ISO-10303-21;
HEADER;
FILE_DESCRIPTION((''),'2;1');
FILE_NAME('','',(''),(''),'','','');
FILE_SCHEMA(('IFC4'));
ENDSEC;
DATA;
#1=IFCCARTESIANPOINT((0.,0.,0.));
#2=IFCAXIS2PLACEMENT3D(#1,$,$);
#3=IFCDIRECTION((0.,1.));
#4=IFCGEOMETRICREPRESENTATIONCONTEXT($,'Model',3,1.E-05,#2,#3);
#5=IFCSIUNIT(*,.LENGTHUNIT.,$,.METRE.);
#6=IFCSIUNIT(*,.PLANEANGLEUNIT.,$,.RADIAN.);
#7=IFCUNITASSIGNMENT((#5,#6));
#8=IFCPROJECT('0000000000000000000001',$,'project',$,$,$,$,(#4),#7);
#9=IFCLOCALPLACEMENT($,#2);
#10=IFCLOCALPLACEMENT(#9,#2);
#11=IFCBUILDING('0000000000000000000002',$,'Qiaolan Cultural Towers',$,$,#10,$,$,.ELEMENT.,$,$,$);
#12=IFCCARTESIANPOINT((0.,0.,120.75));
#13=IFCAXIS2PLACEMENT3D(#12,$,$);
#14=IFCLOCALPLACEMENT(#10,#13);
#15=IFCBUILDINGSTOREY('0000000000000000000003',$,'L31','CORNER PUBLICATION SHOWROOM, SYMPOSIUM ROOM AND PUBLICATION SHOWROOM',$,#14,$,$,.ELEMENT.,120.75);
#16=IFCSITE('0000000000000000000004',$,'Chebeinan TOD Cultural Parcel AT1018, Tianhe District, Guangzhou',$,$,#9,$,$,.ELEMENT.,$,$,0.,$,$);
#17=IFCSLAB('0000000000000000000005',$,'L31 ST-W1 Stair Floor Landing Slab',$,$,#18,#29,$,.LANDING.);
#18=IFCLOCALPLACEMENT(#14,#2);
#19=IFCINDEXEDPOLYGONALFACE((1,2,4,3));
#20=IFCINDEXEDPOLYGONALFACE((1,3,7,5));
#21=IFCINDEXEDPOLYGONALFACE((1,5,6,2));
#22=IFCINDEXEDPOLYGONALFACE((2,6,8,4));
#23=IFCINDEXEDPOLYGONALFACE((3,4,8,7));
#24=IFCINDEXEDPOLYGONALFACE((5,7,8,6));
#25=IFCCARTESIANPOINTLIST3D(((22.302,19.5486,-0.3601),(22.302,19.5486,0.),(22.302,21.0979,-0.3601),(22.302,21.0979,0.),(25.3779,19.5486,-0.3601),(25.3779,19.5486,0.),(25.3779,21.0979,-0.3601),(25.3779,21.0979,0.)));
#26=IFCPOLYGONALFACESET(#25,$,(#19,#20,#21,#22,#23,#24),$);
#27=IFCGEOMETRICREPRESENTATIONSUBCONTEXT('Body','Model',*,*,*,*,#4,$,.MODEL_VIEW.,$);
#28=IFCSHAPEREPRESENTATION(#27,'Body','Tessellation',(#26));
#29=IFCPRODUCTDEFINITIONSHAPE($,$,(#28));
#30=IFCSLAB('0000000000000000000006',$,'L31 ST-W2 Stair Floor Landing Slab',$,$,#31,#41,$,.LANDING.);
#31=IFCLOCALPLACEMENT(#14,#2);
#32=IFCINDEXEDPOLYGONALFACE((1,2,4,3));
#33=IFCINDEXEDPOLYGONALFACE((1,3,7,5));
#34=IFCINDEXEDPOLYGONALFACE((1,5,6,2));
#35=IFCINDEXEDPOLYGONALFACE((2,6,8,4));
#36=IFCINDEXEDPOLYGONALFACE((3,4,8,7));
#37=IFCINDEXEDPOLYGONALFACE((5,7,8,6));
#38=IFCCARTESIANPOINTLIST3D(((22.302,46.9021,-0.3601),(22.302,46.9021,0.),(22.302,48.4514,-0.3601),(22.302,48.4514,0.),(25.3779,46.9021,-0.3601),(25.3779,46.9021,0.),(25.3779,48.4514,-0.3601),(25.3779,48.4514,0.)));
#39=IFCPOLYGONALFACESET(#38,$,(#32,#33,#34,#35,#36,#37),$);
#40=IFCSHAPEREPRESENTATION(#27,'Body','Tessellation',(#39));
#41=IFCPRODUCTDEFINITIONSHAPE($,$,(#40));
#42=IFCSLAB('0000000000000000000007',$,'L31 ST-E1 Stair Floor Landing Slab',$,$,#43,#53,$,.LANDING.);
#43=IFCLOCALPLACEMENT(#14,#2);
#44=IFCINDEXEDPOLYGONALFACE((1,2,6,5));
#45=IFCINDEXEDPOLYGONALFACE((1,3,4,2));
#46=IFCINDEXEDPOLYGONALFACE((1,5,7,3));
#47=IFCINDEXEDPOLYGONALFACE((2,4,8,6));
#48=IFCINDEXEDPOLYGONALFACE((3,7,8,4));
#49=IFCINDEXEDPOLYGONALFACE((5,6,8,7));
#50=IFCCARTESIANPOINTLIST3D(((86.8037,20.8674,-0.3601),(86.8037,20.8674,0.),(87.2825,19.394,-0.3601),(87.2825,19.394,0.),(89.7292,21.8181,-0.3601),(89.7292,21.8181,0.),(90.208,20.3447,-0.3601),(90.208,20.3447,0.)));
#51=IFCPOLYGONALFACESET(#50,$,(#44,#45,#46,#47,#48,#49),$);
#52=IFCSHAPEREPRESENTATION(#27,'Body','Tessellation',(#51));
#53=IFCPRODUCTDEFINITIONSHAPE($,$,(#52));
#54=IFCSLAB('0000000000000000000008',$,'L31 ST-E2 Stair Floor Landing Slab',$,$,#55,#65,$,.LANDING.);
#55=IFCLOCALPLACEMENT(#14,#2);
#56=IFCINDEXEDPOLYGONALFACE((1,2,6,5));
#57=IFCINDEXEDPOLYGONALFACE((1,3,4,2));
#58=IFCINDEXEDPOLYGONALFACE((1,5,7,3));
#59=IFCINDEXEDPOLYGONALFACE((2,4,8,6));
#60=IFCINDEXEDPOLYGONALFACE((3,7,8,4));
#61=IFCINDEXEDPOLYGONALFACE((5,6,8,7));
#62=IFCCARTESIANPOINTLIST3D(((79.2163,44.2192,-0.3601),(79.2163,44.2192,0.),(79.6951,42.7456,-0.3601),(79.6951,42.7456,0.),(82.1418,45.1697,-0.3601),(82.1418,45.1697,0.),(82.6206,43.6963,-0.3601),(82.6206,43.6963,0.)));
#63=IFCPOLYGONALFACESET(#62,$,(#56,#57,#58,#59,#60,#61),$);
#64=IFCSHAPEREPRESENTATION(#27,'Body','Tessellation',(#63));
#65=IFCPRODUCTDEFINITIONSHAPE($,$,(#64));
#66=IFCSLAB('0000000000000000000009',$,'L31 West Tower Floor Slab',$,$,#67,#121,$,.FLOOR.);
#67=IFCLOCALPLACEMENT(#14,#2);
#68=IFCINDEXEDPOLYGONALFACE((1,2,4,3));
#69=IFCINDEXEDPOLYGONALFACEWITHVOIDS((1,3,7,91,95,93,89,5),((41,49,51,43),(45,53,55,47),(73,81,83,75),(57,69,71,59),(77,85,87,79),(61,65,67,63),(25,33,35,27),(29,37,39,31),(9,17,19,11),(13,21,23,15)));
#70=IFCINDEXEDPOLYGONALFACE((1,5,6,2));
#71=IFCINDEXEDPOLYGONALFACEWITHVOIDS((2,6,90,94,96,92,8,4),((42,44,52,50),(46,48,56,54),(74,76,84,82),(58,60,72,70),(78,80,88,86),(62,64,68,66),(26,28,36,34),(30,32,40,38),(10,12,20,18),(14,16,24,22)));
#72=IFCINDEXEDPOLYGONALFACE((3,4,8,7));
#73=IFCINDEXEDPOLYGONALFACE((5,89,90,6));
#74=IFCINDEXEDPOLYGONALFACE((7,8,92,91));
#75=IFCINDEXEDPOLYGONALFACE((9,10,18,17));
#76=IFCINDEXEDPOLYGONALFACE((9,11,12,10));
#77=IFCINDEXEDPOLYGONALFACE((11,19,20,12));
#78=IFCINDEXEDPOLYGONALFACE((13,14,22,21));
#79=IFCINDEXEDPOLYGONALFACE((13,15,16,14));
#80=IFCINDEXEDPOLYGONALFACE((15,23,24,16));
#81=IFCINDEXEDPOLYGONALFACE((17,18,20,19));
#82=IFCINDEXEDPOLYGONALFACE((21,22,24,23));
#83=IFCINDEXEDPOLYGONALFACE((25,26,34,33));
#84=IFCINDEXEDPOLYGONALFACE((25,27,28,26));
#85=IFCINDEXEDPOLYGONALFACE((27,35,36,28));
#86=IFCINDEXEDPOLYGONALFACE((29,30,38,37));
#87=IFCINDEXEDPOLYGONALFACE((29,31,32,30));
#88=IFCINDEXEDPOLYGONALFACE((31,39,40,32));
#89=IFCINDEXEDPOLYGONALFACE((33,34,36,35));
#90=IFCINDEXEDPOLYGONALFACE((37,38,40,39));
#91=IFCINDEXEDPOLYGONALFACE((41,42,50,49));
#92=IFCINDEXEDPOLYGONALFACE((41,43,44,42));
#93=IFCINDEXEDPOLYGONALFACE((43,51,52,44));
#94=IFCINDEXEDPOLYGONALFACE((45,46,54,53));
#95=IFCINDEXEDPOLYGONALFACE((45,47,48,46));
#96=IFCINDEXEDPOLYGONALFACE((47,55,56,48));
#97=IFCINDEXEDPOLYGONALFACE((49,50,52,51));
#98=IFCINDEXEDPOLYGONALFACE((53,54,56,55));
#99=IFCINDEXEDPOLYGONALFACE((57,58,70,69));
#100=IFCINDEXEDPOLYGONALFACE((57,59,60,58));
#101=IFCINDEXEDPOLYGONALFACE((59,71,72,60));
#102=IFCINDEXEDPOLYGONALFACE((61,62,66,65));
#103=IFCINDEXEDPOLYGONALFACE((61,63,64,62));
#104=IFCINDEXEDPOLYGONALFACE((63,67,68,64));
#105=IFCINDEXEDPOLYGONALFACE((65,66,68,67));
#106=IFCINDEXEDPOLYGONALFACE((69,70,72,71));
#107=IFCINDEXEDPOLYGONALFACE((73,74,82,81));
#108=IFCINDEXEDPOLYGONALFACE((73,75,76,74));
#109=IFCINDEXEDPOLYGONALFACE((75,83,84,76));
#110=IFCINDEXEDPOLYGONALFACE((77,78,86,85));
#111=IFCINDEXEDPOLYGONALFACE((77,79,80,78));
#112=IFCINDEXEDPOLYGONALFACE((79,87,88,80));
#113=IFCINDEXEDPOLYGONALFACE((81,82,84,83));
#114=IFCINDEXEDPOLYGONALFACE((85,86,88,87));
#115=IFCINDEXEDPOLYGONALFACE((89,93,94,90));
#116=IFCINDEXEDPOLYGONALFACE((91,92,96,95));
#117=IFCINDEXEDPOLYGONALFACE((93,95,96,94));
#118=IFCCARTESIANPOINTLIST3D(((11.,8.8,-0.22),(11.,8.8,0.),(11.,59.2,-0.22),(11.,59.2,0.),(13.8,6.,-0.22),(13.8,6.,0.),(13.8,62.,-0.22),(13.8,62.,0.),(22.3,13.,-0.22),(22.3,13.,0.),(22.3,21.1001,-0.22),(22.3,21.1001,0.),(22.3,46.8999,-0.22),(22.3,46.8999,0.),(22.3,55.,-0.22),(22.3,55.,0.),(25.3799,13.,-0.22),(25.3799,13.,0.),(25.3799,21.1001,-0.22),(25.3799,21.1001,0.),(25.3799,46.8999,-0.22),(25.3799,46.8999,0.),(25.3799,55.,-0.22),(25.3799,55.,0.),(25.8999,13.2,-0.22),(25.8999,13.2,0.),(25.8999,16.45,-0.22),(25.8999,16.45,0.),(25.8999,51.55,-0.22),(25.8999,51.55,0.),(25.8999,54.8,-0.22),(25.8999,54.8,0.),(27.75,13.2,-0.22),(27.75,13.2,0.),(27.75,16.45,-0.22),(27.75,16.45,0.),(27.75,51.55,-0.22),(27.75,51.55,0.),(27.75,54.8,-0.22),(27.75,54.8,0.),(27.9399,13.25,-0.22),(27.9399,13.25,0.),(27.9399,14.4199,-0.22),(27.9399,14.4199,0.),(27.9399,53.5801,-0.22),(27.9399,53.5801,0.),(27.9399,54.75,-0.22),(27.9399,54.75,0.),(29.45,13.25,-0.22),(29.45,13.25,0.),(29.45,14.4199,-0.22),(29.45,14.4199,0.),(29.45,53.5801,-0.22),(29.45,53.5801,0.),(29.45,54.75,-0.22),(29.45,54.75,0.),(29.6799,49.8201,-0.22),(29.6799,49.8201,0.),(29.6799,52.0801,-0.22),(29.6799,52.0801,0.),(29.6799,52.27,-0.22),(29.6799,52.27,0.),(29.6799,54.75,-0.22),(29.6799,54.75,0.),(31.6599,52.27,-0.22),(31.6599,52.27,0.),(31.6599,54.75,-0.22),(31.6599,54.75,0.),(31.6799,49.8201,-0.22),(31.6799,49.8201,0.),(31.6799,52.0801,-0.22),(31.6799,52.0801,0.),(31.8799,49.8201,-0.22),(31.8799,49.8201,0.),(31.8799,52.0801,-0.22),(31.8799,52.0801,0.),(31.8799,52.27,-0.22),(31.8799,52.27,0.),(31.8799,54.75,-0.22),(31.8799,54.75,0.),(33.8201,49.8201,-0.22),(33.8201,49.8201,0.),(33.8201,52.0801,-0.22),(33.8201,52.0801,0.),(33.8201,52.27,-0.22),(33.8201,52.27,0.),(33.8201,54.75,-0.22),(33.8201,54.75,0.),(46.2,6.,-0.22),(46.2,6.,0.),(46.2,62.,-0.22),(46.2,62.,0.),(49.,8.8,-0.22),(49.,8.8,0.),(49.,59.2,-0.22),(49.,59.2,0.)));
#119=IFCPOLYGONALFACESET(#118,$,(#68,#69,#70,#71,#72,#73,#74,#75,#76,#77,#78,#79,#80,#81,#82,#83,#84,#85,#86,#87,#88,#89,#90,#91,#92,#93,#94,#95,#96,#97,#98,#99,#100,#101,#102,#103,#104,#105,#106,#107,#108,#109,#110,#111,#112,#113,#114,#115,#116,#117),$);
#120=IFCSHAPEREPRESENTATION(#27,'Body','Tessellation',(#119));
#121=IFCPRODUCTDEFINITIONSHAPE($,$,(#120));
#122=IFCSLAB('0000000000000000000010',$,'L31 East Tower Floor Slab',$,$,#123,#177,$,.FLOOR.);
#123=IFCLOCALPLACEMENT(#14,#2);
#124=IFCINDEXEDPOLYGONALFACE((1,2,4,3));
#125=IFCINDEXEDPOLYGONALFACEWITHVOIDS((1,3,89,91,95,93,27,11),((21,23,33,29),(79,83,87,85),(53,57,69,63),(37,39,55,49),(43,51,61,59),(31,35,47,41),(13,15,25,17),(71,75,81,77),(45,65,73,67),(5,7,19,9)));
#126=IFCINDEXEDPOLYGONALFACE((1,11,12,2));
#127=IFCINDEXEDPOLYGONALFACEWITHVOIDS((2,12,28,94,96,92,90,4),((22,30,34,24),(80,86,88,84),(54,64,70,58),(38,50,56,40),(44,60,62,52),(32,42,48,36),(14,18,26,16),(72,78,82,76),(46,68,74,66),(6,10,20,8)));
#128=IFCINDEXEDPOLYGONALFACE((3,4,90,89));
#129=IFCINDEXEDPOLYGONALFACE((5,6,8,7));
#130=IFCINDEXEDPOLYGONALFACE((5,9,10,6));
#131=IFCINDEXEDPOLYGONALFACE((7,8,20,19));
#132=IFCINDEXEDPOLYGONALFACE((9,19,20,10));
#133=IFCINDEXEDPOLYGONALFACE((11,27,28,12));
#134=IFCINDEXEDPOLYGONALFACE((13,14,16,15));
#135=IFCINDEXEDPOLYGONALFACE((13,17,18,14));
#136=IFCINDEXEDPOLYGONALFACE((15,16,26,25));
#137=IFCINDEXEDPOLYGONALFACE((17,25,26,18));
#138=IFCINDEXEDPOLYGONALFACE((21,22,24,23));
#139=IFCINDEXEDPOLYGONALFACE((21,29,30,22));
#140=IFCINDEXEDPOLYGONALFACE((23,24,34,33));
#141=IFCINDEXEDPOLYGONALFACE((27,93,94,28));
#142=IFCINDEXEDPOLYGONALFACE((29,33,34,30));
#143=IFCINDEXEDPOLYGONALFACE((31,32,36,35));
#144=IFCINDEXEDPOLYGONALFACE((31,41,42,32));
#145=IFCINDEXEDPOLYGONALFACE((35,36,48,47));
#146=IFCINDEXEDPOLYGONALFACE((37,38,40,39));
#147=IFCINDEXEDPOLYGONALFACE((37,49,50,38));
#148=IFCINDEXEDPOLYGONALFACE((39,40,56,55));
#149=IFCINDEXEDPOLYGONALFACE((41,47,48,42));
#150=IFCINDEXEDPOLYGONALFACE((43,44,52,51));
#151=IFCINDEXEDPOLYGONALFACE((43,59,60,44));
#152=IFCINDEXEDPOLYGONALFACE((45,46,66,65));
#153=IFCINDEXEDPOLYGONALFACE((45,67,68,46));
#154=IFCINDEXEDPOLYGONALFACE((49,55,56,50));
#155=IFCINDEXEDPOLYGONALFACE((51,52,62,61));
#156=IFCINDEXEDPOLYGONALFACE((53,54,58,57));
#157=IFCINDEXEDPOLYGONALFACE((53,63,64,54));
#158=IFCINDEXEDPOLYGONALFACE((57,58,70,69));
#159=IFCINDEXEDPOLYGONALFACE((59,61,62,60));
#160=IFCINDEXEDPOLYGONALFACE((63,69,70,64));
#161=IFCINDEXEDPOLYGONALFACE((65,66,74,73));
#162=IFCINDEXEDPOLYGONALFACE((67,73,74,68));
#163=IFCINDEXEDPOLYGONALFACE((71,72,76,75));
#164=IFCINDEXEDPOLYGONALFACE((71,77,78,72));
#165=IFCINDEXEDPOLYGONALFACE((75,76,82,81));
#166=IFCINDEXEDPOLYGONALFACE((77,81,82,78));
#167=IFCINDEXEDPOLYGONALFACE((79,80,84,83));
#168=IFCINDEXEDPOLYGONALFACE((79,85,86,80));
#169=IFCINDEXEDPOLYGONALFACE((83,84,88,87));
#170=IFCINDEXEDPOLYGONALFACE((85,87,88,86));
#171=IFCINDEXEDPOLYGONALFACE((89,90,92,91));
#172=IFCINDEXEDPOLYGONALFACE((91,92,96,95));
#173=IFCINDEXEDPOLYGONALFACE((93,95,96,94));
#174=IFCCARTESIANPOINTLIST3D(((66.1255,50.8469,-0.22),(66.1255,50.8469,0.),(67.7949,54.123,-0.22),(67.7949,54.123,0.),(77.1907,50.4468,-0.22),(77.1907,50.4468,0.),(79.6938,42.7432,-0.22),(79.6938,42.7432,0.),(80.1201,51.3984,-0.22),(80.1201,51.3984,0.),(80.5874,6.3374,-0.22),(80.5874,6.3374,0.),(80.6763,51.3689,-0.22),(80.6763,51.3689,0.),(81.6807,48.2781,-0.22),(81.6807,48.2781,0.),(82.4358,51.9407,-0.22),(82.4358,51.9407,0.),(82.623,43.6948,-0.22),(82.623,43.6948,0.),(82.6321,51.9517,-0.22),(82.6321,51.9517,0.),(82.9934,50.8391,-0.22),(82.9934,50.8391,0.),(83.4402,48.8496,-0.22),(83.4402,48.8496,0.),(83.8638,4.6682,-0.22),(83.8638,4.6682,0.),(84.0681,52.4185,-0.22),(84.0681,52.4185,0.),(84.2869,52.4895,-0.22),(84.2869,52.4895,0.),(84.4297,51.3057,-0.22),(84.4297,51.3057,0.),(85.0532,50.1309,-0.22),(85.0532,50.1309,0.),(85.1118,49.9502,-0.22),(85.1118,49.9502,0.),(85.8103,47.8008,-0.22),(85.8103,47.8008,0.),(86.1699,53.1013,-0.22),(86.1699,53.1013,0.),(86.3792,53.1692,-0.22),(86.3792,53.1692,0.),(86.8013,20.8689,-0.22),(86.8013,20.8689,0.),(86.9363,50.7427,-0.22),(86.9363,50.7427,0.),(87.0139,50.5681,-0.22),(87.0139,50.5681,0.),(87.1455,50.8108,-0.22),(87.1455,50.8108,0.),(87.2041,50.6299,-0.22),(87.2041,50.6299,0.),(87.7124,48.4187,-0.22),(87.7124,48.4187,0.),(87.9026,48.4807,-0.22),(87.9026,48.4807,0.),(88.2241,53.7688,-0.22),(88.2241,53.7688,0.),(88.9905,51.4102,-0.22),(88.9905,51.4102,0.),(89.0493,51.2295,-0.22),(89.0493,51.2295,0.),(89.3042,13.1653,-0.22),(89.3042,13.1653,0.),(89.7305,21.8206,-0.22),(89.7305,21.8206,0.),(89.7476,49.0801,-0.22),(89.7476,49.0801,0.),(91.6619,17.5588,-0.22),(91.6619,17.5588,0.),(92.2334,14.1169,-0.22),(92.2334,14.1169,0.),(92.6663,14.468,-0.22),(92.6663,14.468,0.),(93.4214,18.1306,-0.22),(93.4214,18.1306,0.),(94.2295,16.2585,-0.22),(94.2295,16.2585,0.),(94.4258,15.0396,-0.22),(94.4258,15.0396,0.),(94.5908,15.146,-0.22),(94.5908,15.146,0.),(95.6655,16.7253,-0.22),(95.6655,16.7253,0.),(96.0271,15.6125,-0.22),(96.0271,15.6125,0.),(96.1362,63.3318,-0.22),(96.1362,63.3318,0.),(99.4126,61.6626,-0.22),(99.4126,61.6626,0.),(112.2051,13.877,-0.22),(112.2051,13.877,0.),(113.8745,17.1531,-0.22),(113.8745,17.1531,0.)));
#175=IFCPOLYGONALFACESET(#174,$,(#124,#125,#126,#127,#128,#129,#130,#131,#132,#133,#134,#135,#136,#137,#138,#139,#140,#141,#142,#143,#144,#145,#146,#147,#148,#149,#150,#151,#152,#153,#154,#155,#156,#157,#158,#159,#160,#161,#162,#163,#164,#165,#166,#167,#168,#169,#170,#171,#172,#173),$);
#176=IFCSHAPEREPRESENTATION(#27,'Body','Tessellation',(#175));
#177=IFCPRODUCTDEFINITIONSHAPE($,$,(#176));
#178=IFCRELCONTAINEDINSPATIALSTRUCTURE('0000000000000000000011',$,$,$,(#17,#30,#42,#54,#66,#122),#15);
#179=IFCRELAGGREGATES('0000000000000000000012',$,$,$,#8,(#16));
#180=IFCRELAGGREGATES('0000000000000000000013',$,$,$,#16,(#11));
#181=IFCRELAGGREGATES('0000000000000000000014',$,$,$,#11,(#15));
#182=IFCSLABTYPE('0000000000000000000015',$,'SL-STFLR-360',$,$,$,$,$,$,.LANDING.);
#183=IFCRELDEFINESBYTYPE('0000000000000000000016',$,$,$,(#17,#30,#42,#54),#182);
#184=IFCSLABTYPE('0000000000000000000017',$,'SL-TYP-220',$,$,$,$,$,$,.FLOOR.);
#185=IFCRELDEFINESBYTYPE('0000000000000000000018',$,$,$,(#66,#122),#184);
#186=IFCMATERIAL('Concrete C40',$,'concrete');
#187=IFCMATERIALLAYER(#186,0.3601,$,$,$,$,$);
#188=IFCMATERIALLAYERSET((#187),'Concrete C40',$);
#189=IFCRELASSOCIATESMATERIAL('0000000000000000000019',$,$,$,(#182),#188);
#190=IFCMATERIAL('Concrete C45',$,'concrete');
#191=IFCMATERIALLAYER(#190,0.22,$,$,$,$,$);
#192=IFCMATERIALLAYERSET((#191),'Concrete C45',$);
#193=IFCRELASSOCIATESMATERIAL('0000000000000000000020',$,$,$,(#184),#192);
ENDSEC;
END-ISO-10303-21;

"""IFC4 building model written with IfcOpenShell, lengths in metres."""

from ifc_helpers import new_model, si_unit, direction, frame, origin, place, context, subcontext, project, spatial, polyline, outline, extrude, material, layer, layer_set, type_object, element, save


model = new_model("IFC4")

# Units and contexts
model_context = context("Model", 3, precision=1e-05, world=origin(), true_north=direction((0.0, 1.0)))
body_context = subcontext(model_context, "Body", "Model", "MODEL_VIEW")
ifc_project = project(units=[si_unit("LENGTHUNIT", "METRE"), si_unit("PLANEANGLEUNIT", "RADIAN")], contexts=[model_context])

# Site, building, storey
site_placement = place(None, origin())
site = spatial("IfcSite", under=ifc_project, at=site_placement, Name="Chebeinan TOD Cultural Parcel AT1018, Tianhe District, Guangzhou", CompositionType="ELEMENT", RefElevation=0.0)
building_placement = place(site_placement, origin())
building = spatial("IfcBuilding", under=site, at=building_placement, Name="Qiaolan Cultural Towers", CompositionType="ELEMENT")
storey_placement = place(building_placement, frame((0.0, 0.0, 120.75)))
storey = spatial("IfcBuildingStorey", under=building, at=storey_placement, Name="L31", Description="CORNER PUBLICATION SHOWROOM, SYMPOSIUM ROOM AND PUBLICATION SHOWROOM", CompositionType="ELEMENT", Elevation=120.75)

# Slabs
ifc_material_1 = material(Name="Concrete C40", Category="concrete")
ifc_layer_1 = layer(ifc_material_1, 0.3601)
ifc_layer_set_1 = layer_set([ifc_layer_1], Name="Concrete C40")
slab_type_1 = type_object("IfcSlabType", Name="SL-STFLR-360", PredefinedType="LANDING", material=ifc_layer_set_1)
slab_1_placement = place(storey_placement, frame((0.0, 0.0, -0.3601)))
element("IfcSlab", 1, at=slab_1_placement, inside=storey, type_object=slab_type_1, Name="L31 ST-W1 Stair Floor Landing Slab", PredefinedType="LANDING", context=body_context, shape_type="SweptSolid", body=[
    extrude(outline(polyline([(22.302, 21.0979), (22.302, 19.5486), (25.3779, 19.5486), (25.3779, 21.0979), (22.302, 21.0979)])), origin(), (0.0, 0.0, 1.0), 0.3601),
])
slab_2_placement = place(storey_placement, frame((0.0, 0.0, -0.3601)))
element("IfcSlab", 2, at=slab_2_placement, inside=storey, type_object=slab_type_1, Name="L31 ST-W2 Stair Floor Landing Slab", PredefinedType="LANDING", context=body_context, shape_type="SweptSolid", body=[
    extrude(outline(polyline([(25.3779, 46.9021), (25.3779, 48.4514), (22.302, 48.4514), (22.302, 46.9021), (25.3779, 46.9021)])), origin(), (0.0, 0.0, 1.0), 0.3601),
])
slab_3_placement = place(storey_placement, frame((0.0, 0.0, -0.3601)))
element("IfcSlab", 3, at=slab_3_placement, inside=storey, type_object=slab_type_1, Name="L31 ST-E1 Stair Floor Landing Slab", PredefinedType="LANDING", context=body_context, shape_type="SweptSolid", body=[
    extrude(outline(polyline([(86.8037, 20.8674), (87.2825, 19.394), (90.208, 20.3447), (89.7292, 21.8181), (86.8037, 20.8674)])), origin(), (0.0, 0.0, 1.0), 0.3601),
])
slab_4_placement = place(storey_placement, frame((0.0, 0.0, -0.3601)))
element("IfcSlab", 4, at=slab_4_placement, inside=storey, type_object=slab_type_1, Name="L31 ST-E2 Stair Floor Landing Slab", PredefinedType="LANDING", context=body_context, shape_type="SweptSolid", body=[
    extrude(outline(polyline([(82.6206, 43.6963), (82.1418, 45.1697), (79.2163, 44.2192), (79.6951, 42.7456), (82.6206, 43.6963)])), origin(), (0.0, 0.0, 1.0), 0.3601),
])
ifc_material_2 = material(Name="Concrete C45", Category="concrete")
ifc_layer_2 = layer(ifc_material_2, 0.22)
ifc_layer_set_2 = layer_set([ifc_layer_2], Name="Concrete C45")
slab_type_2 = type_object("IfcSlabType", Name="SL-TYP-220", PredefinedType="FLOOR", material=ifc_layer_set_2)
slab_5_placement = place(storey_placement, frame((0.0, 0.0, -0.22)))
element("IfcSlab", 5, at=slab_5_placement, inside=storey, type_object=slab_type_2, Name="L31 West Tower Floor Slab", PredefinedType="FLOOR", context=body_context, shape_type="SweptSolid", body=[
    extrude(outline(polyline([(13.8, 6.0), (46.2, 6.0), (49.0, 8.8), (49.0, 59.2), (46.2, 62.0), (13.8, 62.0), (11.0, 59.2), (11.0, 8.8), (13.8, 6.0)]), holes=[polyline([(22.3, 21.1001), (22.3, 13.0), (25.3799, 13.0), (25.3799, 21.1001), (22.3, 21.1001)]), polyline([(25.3799, 46.8999), (25.3799, 55.0), (22.3, 55.0), (22.3, 46.8999), (25.3799, 46.8999)]), polyline([(25.8999, 13.2), (27.75, 13.2), (27.75, 16.45), (25.8999, 16.45), (25.8999, 13.2)]), polyline([(27.9399, 13.25), (29.45, 13.25), (29.45, 14.4199), (27.9399, 14.4199), (27.9399, 13.25)]), polyline([(25.8999, 51.55), (27.75, 51.55), (27.75, 54.8), (25.8999, 54.8), (25.8999, 51.55)]), polyline([(27.9399, 53.5801), (29.45, 53.5801), (29.45, 54.75), (27.9399, 54.75), (27.9399, 53.5801)]), polyline([(29.6799, 49.8201), (31.6799, 49.8201), (31.6799, 52.0801), (29.6799, 52.0801), (29.6799, 49.8201)]), polyline([(31.8799, 49.8201), (33.8201, 49.8201), (33.8201, 52.0801), (31.8799, 52.0801), (31.8799, 49.8201)]), polyline([(29.6799, 52.27), (31.6599, 52.27), (31.6599, 54.75), (29.6799, 54.75), (29.6799, 52.27)]), polyline([(31.8799, 52.27), (33.8201, 52.27), (33.8201, 54.75), (31.8799, 54.75), (31.8799, 52.27)])]), origin(), (0.0, 0.0, 1.0), 0.22),
])
slab_6_placement = place(storey_placement, frame((0.0, 0.0, -0.22)))
element("IfcSlab", 6, at=slab_6_placement, inside=storey, type_object=slab_type_2, Name="L31 East Tower Floor Slab", PredefinedType="FLOOR", context=body_context, shape_type="SweptSolid", body=[
    extrude(outline(polyline([(83.8638, 4.6682), (112.2051, 13.877), (113.8745, 17.1531), (99.4126, 61.6626), (96.1362, 63.3318), (67.7949, 54.123), (66.1255, 50.8469), (80.5874, 6.3374), (83.8638, 4.6682)]), holes=[polyline([(86.8013, 20.8689), (89.3042, 13.1653), (92.2334, 14.1169), (89.7305, 21.8206), (86.8013, 20.8689)]), polyline([(82.623, 43.6948), (80.1201, 51.3984), (77.1907, 50.4468), (79.6938, 42.7432), (82.623, 43.6948)]), polyline([(92.6663, 14.468), (94.4258, 15.0396), (93.4214, 18.1306), (91.6619, 17.5588), (92.6663, 14.468)]), polyline([(94.5908, 15.146), (96.0271, 15.6125), (95.6655, 16.7253), (94.2295, 16.2585), (94.5908, 15.146)]), polyline([(81.6807, 48.2781), (83.4402, 48.8496), (82.4358, 51.9407), (80.6763, 51.3689), (81.6807, 48.2781)]), polyline([(82.9934, 50.8391), (84.4297, 51.3057), (84.0681, 52.4185), (82.6321, 51.9517), (82.9934, 50.8391)]), polyline([(85.8103, 47.8008), (87.7124, 48.4187), (87.0139, 50.5681), (85.1118, 49.9502), (85.8103, 47.8008)]), polyline([(87.9026, 48.4807), (89.7476, 49.0801), (89.0493, 51.2295), (87.2041, 50.6299), (87.9026, 48.4807)]), polyline([(85.0532, 50.1309), (86.9363, 50.7427), (86.1699, 53.1013), (84.2869, 52.4895), (85.0532, 50.1309)]), polyline([(87.1455, 50.8108), (88.9905, 51.4102), (88.2241, 53.7688), (86.3792, 53.1692), (87.1455, 50.8108)])]), origin(), (0.0, 0.0, 1.0), 0.22),
])

save(model, "model.ifc")
